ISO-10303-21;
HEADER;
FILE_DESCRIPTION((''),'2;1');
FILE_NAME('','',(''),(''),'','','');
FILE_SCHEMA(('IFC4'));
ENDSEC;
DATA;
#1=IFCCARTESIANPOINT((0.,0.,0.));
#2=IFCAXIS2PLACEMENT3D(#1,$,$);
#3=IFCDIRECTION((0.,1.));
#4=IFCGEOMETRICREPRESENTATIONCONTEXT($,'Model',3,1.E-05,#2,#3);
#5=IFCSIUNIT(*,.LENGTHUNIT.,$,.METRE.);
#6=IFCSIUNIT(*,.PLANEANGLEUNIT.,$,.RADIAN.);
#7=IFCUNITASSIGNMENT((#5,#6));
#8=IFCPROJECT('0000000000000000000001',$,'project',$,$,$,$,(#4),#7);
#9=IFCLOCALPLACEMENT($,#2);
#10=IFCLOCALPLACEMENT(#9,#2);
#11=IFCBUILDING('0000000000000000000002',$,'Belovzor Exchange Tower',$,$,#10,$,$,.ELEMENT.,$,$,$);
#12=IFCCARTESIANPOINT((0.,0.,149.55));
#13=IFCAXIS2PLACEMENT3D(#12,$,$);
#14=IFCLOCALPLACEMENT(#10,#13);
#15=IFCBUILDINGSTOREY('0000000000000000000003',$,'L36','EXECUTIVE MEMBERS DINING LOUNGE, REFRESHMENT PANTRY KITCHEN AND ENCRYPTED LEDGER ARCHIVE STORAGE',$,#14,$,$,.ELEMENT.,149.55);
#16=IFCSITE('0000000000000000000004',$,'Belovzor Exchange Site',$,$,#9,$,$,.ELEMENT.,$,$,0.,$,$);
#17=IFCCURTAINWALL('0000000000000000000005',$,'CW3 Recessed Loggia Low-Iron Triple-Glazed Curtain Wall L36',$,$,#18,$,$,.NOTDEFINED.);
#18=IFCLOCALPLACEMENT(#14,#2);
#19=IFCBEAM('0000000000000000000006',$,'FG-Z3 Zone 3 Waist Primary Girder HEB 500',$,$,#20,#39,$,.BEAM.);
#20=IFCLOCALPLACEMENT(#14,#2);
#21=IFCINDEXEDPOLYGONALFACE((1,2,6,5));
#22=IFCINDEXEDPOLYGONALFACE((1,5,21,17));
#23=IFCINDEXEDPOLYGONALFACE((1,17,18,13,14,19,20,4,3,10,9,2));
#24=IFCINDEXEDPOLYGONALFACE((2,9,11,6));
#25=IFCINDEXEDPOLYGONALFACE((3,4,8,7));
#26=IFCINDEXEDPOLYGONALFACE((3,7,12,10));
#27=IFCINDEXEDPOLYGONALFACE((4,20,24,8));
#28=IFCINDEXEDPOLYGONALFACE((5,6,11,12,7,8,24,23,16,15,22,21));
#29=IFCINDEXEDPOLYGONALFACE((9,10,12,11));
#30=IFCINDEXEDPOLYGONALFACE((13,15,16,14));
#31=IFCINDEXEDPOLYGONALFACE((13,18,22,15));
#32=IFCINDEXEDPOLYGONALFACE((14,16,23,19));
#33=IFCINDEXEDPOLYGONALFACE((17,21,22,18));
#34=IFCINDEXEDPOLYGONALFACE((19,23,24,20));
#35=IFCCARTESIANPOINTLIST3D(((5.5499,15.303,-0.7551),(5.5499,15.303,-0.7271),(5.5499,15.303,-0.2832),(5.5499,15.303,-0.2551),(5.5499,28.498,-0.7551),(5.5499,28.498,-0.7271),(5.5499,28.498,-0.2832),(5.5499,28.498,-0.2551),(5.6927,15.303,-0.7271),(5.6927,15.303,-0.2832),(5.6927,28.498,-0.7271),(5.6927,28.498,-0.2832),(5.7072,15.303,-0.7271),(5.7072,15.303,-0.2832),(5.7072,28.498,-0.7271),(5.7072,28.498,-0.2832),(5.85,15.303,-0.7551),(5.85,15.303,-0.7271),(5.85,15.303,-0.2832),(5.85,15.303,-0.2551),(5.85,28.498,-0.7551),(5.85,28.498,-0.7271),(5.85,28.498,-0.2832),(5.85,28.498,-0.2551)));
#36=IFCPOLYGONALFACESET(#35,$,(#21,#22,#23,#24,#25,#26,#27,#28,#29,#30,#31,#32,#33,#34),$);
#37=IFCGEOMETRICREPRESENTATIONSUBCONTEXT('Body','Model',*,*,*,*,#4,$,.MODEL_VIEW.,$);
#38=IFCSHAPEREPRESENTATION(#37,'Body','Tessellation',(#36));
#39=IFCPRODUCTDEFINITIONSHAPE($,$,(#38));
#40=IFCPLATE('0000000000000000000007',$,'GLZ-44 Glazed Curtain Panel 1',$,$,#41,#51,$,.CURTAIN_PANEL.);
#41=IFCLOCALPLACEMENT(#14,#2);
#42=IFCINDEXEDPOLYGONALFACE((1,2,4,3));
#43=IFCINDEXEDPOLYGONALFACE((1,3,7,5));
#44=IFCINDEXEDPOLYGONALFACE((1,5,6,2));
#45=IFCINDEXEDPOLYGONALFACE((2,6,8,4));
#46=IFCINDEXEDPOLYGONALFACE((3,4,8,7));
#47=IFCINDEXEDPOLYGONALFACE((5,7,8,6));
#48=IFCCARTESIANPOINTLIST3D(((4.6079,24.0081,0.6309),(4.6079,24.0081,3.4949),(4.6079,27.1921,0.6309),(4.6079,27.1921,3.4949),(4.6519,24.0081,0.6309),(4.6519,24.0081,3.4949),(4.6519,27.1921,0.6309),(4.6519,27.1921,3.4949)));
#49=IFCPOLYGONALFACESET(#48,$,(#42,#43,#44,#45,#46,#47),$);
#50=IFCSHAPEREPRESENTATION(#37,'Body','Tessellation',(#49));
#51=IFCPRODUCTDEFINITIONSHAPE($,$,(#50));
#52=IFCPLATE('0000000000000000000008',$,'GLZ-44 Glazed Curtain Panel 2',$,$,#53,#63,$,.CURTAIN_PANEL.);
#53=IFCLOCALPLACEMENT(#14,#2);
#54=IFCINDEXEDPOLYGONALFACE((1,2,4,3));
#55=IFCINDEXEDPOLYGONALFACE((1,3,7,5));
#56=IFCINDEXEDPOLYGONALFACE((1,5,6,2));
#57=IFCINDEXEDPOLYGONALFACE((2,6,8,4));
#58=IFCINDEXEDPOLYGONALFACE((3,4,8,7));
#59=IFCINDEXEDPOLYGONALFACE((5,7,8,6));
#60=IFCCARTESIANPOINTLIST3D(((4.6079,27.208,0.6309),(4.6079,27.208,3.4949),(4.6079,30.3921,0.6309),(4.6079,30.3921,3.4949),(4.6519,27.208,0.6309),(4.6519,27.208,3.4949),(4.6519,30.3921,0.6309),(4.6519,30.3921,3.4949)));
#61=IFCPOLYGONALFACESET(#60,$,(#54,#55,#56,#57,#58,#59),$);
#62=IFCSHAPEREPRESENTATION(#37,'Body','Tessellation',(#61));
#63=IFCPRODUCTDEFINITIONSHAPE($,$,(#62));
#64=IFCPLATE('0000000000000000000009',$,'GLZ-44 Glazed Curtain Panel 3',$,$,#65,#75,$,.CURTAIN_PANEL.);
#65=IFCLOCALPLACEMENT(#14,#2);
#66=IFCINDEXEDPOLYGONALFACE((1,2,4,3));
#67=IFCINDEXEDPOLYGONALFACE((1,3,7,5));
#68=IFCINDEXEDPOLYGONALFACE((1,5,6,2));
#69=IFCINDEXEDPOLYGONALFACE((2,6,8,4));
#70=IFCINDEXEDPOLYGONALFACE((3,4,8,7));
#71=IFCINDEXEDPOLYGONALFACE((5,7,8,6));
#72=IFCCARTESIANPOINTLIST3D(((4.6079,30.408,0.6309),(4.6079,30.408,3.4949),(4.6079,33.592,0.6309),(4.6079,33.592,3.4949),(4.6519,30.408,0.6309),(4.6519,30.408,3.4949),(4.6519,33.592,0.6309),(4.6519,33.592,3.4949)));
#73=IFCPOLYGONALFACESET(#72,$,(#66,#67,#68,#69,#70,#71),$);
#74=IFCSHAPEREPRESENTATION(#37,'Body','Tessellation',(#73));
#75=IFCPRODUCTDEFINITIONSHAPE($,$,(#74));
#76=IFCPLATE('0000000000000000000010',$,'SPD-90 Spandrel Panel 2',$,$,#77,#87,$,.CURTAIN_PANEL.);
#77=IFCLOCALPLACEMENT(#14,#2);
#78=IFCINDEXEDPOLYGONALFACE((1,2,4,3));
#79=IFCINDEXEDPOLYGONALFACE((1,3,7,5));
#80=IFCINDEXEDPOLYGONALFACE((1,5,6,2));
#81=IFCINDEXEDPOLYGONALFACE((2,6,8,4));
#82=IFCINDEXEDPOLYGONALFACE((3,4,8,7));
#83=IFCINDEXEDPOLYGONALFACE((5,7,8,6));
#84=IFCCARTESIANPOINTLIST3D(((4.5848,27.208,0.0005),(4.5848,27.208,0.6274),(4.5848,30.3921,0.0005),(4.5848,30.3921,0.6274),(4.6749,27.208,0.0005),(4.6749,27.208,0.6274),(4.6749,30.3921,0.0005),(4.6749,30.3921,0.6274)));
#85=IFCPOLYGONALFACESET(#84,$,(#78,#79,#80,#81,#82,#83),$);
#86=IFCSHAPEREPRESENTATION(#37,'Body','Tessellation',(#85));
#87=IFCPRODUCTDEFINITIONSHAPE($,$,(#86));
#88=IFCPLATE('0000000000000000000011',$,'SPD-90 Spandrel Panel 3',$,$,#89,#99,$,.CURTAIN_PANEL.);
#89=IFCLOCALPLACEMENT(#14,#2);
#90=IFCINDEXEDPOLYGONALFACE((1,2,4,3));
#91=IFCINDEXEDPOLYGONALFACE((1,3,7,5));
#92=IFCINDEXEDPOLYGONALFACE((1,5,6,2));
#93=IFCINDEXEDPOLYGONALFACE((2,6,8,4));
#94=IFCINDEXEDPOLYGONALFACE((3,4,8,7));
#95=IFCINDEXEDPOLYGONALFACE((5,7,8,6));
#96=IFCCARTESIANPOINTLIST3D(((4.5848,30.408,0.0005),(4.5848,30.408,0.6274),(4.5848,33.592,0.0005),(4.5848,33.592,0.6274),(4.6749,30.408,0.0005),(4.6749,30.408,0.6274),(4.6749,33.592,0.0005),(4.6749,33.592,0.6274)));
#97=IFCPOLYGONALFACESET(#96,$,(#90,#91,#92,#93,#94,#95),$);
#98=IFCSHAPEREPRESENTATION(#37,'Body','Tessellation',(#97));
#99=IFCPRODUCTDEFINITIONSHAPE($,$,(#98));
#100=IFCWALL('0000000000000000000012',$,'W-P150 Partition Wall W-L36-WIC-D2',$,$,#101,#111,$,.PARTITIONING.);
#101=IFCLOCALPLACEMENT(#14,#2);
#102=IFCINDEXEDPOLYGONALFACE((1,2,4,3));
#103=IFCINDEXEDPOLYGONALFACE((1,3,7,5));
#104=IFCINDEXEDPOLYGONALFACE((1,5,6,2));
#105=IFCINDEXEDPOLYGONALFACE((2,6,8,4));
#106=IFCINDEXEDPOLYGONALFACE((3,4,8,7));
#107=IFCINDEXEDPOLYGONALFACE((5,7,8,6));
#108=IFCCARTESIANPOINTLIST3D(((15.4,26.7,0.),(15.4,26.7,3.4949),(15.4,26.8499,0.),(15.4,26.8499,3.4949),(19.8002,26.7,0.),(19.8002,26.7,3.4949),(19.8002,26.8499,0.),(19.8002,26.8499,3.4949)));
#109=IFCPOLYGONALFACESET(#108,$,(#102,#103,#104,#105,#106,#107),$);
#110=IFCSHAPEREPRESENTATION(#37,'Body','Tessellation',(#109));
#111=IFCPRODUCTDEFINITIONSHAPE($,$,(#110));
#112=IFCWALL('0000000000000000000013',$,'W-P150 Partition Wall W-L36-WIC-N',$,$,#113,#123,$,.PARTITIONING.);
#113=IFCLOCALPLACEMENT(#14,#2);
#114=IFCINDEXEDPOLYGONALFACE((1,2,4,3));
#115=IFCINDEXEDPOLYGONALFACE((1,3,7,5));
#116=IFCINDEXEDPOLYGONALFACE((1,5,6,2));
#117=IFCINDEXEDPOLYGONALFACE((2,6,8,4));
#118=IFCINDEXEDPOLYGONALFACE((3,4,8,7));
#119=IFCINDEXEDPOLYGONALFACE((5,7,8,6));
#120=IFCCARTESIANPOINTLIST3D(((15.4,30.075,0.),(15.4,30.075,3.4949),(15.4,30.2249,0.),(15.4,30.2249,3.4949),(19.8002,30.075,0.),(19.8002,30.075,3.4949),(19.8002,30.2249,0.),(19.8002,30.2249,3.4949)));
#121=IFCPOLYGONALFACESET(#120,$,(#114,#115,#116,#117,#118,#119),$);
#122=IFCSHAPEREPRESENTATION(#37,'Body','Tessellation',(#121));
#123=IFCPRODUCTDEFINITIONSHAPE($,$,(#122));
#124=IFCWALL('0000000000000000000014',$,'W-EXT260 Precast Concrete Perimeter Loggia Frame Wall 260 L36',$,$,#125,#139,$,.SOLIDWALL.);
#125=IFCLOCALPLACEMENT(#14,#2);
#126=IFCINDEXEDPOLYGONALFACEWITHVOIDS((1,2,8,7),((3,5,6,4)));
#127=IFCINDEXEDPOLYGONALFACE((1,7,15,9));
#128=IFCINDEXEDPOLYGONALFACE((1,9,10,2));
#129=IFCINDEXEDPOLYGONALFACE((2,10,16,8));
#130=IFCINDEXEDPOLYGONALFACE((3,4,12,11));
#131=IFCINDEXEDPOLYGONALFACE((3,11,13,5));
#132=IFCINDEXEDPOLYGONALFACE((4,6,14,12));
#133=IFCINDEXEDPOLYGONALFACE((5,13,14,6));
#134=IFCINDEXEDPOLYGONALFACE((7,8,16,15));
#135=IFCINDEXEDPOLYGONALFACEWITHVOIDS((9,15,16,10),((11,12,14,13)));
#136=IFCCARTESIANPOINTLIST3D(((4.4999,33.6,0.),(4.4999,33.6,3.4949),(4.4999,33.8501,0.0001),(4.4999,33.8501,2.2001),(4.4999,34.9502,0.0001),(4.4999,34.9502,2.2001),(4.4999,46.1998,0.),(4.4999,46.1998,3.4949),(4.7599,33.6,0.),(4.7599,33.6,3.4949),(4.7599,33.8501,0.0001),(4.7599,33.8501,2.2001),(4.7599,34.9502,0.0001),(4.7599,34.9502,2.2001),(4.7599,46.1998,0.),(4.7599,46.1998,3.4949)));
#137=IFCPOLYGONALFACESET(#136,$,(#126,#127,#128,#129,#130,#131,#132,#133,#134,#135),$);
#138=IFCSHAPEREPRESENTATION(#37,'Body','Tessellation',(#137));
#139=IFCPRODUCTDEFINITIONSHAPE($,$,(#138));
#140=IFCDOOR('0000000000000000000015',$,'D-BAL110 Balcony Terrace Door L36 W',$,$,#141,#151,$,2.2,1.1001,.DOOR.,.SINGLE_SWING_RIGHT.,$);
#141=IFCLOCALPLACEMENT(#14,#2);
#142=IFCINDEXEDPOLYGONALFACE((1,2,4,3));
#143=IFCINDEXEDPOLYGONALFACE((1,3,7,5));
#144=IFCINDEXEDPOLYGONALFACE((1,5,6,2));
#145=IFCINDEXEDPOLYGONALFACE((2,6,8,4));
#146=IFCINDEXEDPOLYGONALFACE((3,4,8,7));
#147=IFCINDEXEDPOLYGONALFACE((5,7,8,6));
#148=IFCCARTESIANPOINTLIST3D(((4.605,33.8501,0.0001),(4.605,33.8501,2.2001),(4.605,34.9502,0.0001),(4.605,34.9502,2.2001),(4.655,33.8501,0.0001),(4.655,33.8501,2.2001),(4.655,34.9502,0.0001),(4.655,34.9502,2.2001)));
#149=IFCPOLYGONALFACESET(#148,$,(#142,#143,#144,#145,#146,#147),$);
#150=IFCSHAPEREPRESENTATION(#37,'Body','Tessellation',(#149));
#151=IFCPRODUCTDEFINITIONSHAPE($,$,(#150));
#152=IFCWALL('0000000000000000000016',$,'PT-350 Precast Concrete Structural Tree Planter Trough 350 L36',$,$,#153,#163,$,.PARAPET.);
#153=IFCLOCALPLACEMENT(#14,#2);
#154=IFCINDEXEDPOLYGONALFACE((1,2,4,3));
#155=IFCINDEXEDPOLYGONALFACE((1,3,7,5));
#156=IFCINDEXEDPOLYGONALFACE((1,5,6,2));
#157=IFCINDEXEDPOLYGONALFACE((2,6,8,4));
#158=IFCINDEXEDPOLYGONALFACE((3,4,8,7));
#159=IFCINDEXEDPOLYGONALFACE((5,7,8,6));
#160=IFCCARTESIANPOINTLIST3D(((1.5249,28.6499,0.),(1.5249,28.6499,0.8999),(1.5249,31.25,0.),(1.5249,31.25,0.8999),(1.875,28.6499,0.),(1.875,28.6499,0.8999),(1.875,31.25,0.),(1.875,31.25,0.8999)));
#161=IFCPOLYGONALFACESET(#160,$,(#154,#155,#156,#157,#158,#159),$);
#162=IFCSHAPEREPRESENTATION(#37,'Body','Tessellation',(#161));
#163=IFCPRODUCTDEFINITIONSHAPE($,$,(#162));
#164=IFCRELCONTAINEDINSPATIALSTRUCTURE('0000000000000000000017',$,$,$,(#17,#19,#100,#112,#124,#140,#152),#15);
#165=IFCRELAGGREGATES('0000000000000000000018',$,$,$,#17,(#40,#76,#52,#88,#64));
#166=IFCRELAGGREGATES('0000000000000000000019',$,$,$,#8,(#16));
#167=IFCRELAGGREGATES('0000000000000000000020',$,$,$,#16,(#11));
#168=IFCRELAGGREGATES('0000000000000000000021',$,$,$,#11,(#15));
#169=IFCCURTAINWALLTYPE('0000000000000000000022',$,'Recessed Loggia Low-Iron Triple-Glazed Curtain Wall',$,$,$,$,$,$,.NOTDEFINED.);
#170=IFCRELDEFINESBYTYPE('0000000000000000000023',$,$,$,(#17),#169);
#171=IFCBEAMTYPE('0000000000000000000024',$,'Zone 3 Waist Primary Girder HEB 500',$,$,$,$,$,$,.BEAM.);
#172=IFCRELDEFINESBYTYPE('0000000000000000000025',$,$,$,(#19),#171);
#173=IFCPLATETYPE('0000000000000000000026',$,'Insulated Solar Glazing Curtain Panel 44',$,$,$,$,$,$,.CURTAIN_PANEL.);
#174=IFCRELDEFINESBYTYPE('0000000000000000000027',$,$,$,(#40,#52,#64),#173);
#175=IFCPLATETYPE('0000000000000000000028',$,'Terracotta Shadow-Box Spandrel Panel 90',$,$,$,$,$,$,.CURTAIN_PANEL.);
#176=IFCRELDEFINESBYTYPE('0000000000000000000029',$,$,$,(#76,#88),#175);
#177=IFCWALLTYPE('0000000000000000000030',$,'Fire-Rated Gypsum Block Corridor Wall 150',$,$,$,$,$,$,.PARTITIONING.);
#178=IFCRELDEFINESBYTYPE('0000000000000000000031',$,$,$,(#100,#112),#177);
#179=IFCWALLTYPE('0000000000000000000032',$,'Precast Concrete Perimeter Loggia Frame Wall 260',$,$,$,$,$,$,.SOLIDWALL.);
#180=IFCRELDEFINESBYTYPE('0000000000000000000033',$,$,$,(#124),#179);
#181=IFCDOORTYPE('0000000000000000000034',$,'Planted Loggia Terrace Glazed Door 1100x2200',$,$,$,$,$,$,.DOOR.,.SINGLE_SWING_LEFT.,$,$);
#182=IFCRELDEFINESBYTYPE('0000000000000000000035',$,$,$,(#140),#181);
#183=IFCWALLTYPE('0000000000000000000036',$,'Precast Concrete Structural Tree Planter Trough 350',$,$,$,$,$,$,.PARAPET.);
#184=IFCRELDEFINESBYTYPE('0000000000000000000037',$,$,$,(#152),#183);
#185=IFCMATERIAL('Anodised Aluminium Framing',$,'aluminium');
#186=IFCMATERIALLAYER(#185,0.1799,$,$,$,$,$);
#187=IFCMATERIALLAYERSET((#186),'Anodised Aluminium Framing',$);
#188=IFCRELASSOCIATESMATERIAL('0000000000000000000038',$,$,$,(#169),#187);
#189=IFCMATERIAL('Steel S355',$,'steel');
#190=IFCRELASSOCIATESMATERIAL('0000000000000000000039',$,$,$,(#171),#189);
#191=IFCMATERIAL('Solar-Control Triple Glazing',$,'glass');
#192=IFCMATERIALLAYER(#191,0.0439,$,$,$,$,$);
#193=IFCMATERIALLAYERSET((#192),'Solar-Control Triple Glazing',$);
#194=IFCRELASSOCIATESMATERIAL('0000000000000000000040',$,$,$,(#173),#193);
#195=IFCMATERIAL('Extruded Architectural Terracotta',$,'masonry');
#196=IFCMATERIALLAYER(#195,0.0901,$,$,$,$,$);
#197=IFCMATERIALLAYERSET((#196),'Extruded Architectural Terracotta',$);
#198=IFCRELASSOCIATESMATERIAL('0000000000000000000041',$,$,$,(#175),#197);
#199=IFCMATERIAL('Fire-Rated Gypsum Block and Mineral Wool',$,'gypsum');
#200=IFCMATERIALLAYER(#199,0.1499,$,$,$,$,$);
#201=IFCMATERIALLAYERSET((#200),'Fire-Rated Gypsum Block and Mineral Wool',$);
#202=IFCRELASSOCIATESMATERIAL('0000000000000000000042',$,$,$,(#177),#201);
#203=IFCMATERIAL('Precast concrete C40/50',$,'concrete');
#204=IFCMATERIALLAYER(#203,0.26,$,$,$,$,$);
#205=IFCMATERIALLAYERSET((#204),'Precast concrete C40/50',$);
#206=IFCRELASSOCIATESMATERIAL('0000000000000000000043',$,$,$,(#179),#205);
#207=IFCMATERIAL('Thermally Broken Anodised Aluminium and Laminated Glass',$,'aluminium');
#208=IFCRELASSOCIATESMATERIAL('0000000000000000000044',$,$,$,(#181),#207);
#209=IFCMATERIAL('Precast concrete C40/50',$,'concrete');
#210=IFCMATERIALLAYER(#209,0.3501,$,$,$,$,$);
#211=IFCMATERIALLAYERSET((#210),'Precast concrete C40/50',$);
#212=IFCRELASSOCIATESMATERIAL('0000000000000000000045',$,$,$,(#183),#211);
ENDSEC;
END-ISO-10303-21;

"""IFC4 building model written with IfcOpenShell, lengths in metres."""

from ifc_helpers import new_model, si_unit, direction, frame, frame_2d, origin, origin_2d, place, context, subcontext, project, spatial, rectangle, i_section, extrude, material, layer, layer_set, material_profile, profile_set, type_object, element, fill, aggregate, save


model = new_model("IFC4")

# Units and contexts
model_context = context("Model", 3, precision=1e-05, world=origin(), true_north=direction((0.0, 1.0)))
body_context = subcontext(model_context, "Body", "Model", "MODEL_VIEW")
ifc_project = project(units=[si_unit("LENGTHUNIT", "METRE"), si_unit("PLANEANGLEUNIT", "RADIAN")], contexts=[model_context])

# Site, building, storey
site_placement = place(None, origin())
site = spatial("IfcSite", under=ifc_project, at=site_placement, Name="Belovzor Exchange Site", CompositionType="ELEMENT", RefElevation=0.0)
building_placement = place(site_placement, origin())
building = spatial("IfcBuilding", under=site, at=building_placement, Name="Belovzor Exchange Tower", CompositionType="ELEMENT")
storey_placement = place(building_placement, frame((0.0, 0.0, 149.55)))
storey = spatial("IfcBuildingStorey", under=building, at=storey_placement, Name="L36", Description="EXECUTIVE MEMBERS DINING LOUNGE, REFRESHMENT PANTRY KITCHEN AND ENCRYPTED LEDGER ARCHIVE STORAGE", CompositionType="ELEMENT", Elevation=149.55)

# Curtain wall
ifc_material_1 = material(Name="Anodised Aluminium Framing", Category="aluminium")
ifc_layer_1 = layer(ifc_material_1, 0.1799)
ifc_layer_set_1 = layer_set([ifc_layer_1], Name="Anodised Aluminium Framing")
curtain_wall_type = type_object("IfcCurtainWallType", Name="Recessed Loggia Low-Iron Triple-Glazed Curtain Wall", PredefinedType="NOTDEFINED", material=ifc_layer_set_1)
curtain_wall_placement = place(storey_placement, origin())
curtain_wall = element("IfcCurtainWall", 1, at=curtain_wall_placement, inside=storey, type_object=curtain_wall_type, Name="CW3 Recessed Loggia Low-Iron Triple-Glazed Curtain Wall L36", PredefinedType="NOTDEFINED")

# Beam
ifc_material_2 = material(Name="Steel S355", Category="steel")
ifc_material_profile_1 = material_profile(ifc_material_2, i_section(OverallWidth=0.3, OverallDepth=0.5, WebThickness=0.0144, FlangeThickness=0.0281, at=origin_2d()))
ifc_profile_set_1 = profile_set([ifc_material_profile_1], Name="Steel S355")
beam_type_1 = type_object("IfcBeamType", Name="Zone 3 Waist Primary Girder HEB 500", PredefinedType="BEAM", material=ifc_profile_set_1)
beam_1_placement = place(storey_placement, frame((5.7, 28.498, -0.5051), z_axis=(0.0, -1.0, 0.0), x_axis=(1.0, 0.0, 0.0)))
element("IfcBeam", 2, at=beam_1_placement, inside=storey, type_object=beam_type_1, Name="FG-Z3 Zone 3 Waist Primary Girder HEB 500", PredefinedType="BEAM", context=body_context, shape_type="SweptSolid", body=[
    extrude(i_section(OverallWidth=0.3, OverallDepth=0.5, WebThickness=0.0144, FlangeThickness=0.0281, at=origin_2d()), origin(), (0.0, 0.0, 1.0), 13.1951),
])

# Plates
ifc_material_3 = material(Name="Solar-Control Triple Glazing", Category="glass")
ifc_layer_2 = layer(ifc_material_3, 0.0439)
ifc_layer_set_2 = layer_set([ifc_layer_2], Name="Solar-Control Triple Glazing")
plate_type_1 = type_object("IfcPlateType", Name="Insulated Solar Glazing Curtain Panel 44", PredefinedType="CURTAIN_PANEL", material=ifc_layer_set_2)
plate_1_placement = place(storey_placement, frame((4.6299, 25.6001, 0.6309), z_axis=(0.0, 0.0, 1.0), x_axis=(0.0, 1.0, 0.0)))
plate_1 = element("IfcPlate", 3, at=plate_1_placement, type_object=plate_type_1, Name="GLZ-44 Glazed Curtain Panel 1", PredefinedType="CURTAIN_PANEL", context=body_context, shape_type="SweptSolid", body=[
    extrude(rectangle(XDim=3.1841, YDim=0.0439, at=origin_2d()), origin(), (0.0, 0.0, 1.0), 2.864),
])
plate_2_placement = place(storey_placement, frame((4.6299, 28.8, 0.6309), z_axis=(0.0, 0.0, 1.0), x_axis=(0.0, 1.0, 0.0)))
plate_2 = element("IfcPlate", 4, at=plate_2_placement, type_object=plate_type_1, Name="GLZ-44 Glazed Curtain Panel 2", PredefinedType="CURTAIN_PANEL", context=body_context, shape_type="SweptSolid", body=[
    extrude(rectangle(XDim=3.1841, YDim=0.0439, at=origin_2d()), origin(), (0.0, 0.0, 1.0), 2.864),
])
plate_3_placement = place(storey_placement, frame((4.6299, 32.0, 0.6309), z_axis=(0.0, 0.0, 1.0), x_axis=(0.0, 1.0, 0.0)))
plate_3 = element("IfcPlate", 5, at=plate_3_placement, type_object=plate_type_1, Name="GLZ-44 Glazed Curtain Panel 3", PredefinedType="CURTAIN_PANEL", context=body_context, shape_type="SweptSolid", body=[
    extrude(rectangle(XDim=3.1841, YDim=0.0439, at=origin_2d()), origin(), (0.0, 0.0, 1.0), 2.864),
])
ifc_material_4 = material(Name="Extruded Architectural Terracotta", Category="masonry")
ifc_layer_3 = layer(ifc_material_4, 0.0901)
ifc_layer_set_3 = layer_set([ifc_layer_3], Name="Extruded Architectural Terracotta")
plate_type_2 = type_object("IfcPlateType", Name="Terracotta Shadow-Box Spandrel Panel 90", PredefinedType="CURTAIN_PANEL", material=ifc_layer_set_3)
plate_4_placement = place(storey_placement, frame((4.6299, 28.8, 0.0005), z_axis=(0.0, 0.0, 1.0), x_axis=(0.0, 1.0, 0.0)))
plate_4 = element("IfcPlate", 6, at=plate_4_placement, type_object=plate_type_2, Name="SPD-90 Spandrel Panel 2", PredefinedType="CURTAIN_PANEL", context=body_context, shape_type="SweptSolid", body=[
    extrude(rectangle(XDim=3.1841, YDim=0.0901, at=origin_2d()), origin(), (0.0, 0.0, 1.0), 0.627),
])
plate_5_placement = place(storey_placement, frame((4.6299, 32.0, 0.0005), z_axis=(0.0, 0.0, 1.0), x_axis=(0.0, 1.0, 0.0)))
plate_5 = element("IfcPlate", 7, at=plate_5_placement, type_object=plate_type_2, Name="SPD-90 Spandrel Panel 3", PredefinedType="CURTAIN_PANEL", context=body_context, shape_type="SweptSolid", body=[
    extrude(rectangle(XDim=3.1841, YDim=0.0901, at=origin_2d()), origin(), (0.0, 0.0, 1.0), 0.627),
])
aggregate(curtain_wall, [plate_1, plate_4, plate_2, plate_5, plate_3])

# Walls
ifc_material_5 = material(Name="Fire-Rated Gypsum Block and Mineral Wool", Category="gypsum")
ifc_layer_4 = layer(ifc_material_5, 0.1499)
ifc_layer_set_4 = layer_set([ifc_layer_4], Name="Fire-Rated Gypsum Block and Mineral Wool")
wall_type_1 = type_object("IfcWallType", Name="Fire-Rated Gypsum Block Corridor Wall 150", PredefinedType="PARTITIONING", material=ifc_layer_set_4)
for number, where, z_axis, x_axis, name in (
    (8, (15.3999, 26.7749, 0.0), (0.0, 0.0, 1.0), (1.0, 0.0, 0.0), "W-P150 Partition Wall W-L36-WIC-D2"),
    (9, (15.3999, 30.1499, 0.0), (0.0, 0.0, 1.0), (1.0, 0.0, 0.0), "W-P150 Partition Wall W-L36-WIC-N"),
):
    element("IfcWall", number, at=place(storey_placement, frame(where, z_axis=z_axis, x_axis=x_axis)), inside=storey, type_object=wall_type_1, Name=name, PredefinedType="PARTITIONING", context=body_context, shape_type="SweptSolid", body=[
        extrude(rectangle(XDim=4.4001, YDim=0.1499, at=frame_2d((2.2002, 0.0))), origin(), (0.0, 0.0, 1.0), 3.4949),
    ])

# Wall, opening, door
ifc_material_6 = material(Name="Precast concrete C40/50", Category="concrete")
ifc_layer_5 = layer(ifc_material_6, 0.26)
ifc_layer_set_5 = layer_set([ifc_layer_5], Name="Precast concrete C40/50")
wall_type_2 = type_object("IfcWallType", Name="Precast Concrete Perimeter Loggia Frame Wall 260", PredefinedType="SOLIDWALL", material=ifc_layer_set_5)
wall_1_placement = place(storey_placement, frame((4.6299, 33.6001, 0.0), z_axis=(0.0, 0.0, 1.0), x_axis=(0.0, 1.0, 0.0)))
wall_1 = element("IfcWall", 10, at=wall_1_placement, inside=storey, type_object=wall_type_2, Name="W-EXT260 Precast Concrete Perimeter Loggia Frame Wall 260 L36", PredefinedType="SOLIDWALL", context=body_context, shape_type="SweptSolid", body=[
    extrude(rectangle(XDim=12.5999, YDim=0.26, at=frame_2d((6.2998, 0.0))), origin(), (0.0, 0.0, 1.0), 3.4949),
])
opening_placement = place(wall_1_placement, frame((0.25, 0.0, 0.0)))
opening = element("IfcOpeningElement", 11, at=opening_placement, cuts=wall_1, PredefinedType="OPENING", context=body_context, shape_type="SweptSolid", body=[
    extrude(rectangle(XDim=1.1001, YDim=2.2, at=frame_2d((0.55, 1.1001))), frame((0.0, 0.1399, 0.0), z_axis=(0.0, -1.0, 0.0), x_axis=(1.0, 0.0, 0.0)), (0.0, 0.0, 1.0), 0.28),
])
ifc_material_7 = material(Name="Thermally Broken Anodised Aluminium and Laminated Glass", Category="aluminium")
door_type = type_object("IfcDoorType", Name="Planted Loggia Terrace Glazed Door 1100x2200", OperationType="SINGLE_SWING_LEFT", PredefinedType="DOOR", material=ifc_material_7)
door_placement = place(opening_placement, origin())
door = element("IfcDoor", 12, at=door_placement, inside=storey, type_object=door_type, Name="D-BAL110 Balcony Terrace Door L36 W", OperationType="SINGLE_SWING_RIGHT", OverallHeight=2.2, OverallWidth=1.1001, PredefinedType="DOOR", context=body_context, shape_type="SweptSolid", body=[
    extrude(rectangle(XDim=1.1001, YDim=2.2, at=frame_2d((0.55, 1.1001))), frame((0.0, 0.0249, 0.0), z_axis=(0.0, -1.0, 0.0), x_axis=(1.0, 0.0, 0.0)), (0.0, 0.0, 1.0), 0.05),
])
fill(opening, door)

# Wall
ifc_material_8 = material(Name="Precast concrete C40/50", Category="concrete")
ifc_layer_6 = layer(ifc_material_8, 0.3501)
ifc_layer_set_6 = layer_set([ifc_layer_6], Name="Precast concrete C40/50")
wall_type_3 = type_object("IfcWallType", Name="Precast Concrete Structural Tree Planter Trough 350", PredefinedType="PARAPET", material=ifc_layer_set_6)
wall_2_placement = place(storey_placement, frame((1.7, 28.6499, 0.0), z_axis=(0.0, 0.0, 1.0), x_axis=(0.0, 1.0, 0.0)))
element("IfcWall", 13, at=wall_2_placement, inside=storey, type_object=wall_type_3, Name="PT-350 Precast Concrete Structural Tree Planter Trough 350 L36", PredefinedType="PARAPET", context=body_context, shape_type="SweptSolid", body=[
    extrude(rectangle(XDim=2.6001, YDim=0.3501, at=frame_2d((1.3, 0.0))), origin(), (0.0, 0.0, 1.0), 0.8999),
])

save(model, "model.ifc")
